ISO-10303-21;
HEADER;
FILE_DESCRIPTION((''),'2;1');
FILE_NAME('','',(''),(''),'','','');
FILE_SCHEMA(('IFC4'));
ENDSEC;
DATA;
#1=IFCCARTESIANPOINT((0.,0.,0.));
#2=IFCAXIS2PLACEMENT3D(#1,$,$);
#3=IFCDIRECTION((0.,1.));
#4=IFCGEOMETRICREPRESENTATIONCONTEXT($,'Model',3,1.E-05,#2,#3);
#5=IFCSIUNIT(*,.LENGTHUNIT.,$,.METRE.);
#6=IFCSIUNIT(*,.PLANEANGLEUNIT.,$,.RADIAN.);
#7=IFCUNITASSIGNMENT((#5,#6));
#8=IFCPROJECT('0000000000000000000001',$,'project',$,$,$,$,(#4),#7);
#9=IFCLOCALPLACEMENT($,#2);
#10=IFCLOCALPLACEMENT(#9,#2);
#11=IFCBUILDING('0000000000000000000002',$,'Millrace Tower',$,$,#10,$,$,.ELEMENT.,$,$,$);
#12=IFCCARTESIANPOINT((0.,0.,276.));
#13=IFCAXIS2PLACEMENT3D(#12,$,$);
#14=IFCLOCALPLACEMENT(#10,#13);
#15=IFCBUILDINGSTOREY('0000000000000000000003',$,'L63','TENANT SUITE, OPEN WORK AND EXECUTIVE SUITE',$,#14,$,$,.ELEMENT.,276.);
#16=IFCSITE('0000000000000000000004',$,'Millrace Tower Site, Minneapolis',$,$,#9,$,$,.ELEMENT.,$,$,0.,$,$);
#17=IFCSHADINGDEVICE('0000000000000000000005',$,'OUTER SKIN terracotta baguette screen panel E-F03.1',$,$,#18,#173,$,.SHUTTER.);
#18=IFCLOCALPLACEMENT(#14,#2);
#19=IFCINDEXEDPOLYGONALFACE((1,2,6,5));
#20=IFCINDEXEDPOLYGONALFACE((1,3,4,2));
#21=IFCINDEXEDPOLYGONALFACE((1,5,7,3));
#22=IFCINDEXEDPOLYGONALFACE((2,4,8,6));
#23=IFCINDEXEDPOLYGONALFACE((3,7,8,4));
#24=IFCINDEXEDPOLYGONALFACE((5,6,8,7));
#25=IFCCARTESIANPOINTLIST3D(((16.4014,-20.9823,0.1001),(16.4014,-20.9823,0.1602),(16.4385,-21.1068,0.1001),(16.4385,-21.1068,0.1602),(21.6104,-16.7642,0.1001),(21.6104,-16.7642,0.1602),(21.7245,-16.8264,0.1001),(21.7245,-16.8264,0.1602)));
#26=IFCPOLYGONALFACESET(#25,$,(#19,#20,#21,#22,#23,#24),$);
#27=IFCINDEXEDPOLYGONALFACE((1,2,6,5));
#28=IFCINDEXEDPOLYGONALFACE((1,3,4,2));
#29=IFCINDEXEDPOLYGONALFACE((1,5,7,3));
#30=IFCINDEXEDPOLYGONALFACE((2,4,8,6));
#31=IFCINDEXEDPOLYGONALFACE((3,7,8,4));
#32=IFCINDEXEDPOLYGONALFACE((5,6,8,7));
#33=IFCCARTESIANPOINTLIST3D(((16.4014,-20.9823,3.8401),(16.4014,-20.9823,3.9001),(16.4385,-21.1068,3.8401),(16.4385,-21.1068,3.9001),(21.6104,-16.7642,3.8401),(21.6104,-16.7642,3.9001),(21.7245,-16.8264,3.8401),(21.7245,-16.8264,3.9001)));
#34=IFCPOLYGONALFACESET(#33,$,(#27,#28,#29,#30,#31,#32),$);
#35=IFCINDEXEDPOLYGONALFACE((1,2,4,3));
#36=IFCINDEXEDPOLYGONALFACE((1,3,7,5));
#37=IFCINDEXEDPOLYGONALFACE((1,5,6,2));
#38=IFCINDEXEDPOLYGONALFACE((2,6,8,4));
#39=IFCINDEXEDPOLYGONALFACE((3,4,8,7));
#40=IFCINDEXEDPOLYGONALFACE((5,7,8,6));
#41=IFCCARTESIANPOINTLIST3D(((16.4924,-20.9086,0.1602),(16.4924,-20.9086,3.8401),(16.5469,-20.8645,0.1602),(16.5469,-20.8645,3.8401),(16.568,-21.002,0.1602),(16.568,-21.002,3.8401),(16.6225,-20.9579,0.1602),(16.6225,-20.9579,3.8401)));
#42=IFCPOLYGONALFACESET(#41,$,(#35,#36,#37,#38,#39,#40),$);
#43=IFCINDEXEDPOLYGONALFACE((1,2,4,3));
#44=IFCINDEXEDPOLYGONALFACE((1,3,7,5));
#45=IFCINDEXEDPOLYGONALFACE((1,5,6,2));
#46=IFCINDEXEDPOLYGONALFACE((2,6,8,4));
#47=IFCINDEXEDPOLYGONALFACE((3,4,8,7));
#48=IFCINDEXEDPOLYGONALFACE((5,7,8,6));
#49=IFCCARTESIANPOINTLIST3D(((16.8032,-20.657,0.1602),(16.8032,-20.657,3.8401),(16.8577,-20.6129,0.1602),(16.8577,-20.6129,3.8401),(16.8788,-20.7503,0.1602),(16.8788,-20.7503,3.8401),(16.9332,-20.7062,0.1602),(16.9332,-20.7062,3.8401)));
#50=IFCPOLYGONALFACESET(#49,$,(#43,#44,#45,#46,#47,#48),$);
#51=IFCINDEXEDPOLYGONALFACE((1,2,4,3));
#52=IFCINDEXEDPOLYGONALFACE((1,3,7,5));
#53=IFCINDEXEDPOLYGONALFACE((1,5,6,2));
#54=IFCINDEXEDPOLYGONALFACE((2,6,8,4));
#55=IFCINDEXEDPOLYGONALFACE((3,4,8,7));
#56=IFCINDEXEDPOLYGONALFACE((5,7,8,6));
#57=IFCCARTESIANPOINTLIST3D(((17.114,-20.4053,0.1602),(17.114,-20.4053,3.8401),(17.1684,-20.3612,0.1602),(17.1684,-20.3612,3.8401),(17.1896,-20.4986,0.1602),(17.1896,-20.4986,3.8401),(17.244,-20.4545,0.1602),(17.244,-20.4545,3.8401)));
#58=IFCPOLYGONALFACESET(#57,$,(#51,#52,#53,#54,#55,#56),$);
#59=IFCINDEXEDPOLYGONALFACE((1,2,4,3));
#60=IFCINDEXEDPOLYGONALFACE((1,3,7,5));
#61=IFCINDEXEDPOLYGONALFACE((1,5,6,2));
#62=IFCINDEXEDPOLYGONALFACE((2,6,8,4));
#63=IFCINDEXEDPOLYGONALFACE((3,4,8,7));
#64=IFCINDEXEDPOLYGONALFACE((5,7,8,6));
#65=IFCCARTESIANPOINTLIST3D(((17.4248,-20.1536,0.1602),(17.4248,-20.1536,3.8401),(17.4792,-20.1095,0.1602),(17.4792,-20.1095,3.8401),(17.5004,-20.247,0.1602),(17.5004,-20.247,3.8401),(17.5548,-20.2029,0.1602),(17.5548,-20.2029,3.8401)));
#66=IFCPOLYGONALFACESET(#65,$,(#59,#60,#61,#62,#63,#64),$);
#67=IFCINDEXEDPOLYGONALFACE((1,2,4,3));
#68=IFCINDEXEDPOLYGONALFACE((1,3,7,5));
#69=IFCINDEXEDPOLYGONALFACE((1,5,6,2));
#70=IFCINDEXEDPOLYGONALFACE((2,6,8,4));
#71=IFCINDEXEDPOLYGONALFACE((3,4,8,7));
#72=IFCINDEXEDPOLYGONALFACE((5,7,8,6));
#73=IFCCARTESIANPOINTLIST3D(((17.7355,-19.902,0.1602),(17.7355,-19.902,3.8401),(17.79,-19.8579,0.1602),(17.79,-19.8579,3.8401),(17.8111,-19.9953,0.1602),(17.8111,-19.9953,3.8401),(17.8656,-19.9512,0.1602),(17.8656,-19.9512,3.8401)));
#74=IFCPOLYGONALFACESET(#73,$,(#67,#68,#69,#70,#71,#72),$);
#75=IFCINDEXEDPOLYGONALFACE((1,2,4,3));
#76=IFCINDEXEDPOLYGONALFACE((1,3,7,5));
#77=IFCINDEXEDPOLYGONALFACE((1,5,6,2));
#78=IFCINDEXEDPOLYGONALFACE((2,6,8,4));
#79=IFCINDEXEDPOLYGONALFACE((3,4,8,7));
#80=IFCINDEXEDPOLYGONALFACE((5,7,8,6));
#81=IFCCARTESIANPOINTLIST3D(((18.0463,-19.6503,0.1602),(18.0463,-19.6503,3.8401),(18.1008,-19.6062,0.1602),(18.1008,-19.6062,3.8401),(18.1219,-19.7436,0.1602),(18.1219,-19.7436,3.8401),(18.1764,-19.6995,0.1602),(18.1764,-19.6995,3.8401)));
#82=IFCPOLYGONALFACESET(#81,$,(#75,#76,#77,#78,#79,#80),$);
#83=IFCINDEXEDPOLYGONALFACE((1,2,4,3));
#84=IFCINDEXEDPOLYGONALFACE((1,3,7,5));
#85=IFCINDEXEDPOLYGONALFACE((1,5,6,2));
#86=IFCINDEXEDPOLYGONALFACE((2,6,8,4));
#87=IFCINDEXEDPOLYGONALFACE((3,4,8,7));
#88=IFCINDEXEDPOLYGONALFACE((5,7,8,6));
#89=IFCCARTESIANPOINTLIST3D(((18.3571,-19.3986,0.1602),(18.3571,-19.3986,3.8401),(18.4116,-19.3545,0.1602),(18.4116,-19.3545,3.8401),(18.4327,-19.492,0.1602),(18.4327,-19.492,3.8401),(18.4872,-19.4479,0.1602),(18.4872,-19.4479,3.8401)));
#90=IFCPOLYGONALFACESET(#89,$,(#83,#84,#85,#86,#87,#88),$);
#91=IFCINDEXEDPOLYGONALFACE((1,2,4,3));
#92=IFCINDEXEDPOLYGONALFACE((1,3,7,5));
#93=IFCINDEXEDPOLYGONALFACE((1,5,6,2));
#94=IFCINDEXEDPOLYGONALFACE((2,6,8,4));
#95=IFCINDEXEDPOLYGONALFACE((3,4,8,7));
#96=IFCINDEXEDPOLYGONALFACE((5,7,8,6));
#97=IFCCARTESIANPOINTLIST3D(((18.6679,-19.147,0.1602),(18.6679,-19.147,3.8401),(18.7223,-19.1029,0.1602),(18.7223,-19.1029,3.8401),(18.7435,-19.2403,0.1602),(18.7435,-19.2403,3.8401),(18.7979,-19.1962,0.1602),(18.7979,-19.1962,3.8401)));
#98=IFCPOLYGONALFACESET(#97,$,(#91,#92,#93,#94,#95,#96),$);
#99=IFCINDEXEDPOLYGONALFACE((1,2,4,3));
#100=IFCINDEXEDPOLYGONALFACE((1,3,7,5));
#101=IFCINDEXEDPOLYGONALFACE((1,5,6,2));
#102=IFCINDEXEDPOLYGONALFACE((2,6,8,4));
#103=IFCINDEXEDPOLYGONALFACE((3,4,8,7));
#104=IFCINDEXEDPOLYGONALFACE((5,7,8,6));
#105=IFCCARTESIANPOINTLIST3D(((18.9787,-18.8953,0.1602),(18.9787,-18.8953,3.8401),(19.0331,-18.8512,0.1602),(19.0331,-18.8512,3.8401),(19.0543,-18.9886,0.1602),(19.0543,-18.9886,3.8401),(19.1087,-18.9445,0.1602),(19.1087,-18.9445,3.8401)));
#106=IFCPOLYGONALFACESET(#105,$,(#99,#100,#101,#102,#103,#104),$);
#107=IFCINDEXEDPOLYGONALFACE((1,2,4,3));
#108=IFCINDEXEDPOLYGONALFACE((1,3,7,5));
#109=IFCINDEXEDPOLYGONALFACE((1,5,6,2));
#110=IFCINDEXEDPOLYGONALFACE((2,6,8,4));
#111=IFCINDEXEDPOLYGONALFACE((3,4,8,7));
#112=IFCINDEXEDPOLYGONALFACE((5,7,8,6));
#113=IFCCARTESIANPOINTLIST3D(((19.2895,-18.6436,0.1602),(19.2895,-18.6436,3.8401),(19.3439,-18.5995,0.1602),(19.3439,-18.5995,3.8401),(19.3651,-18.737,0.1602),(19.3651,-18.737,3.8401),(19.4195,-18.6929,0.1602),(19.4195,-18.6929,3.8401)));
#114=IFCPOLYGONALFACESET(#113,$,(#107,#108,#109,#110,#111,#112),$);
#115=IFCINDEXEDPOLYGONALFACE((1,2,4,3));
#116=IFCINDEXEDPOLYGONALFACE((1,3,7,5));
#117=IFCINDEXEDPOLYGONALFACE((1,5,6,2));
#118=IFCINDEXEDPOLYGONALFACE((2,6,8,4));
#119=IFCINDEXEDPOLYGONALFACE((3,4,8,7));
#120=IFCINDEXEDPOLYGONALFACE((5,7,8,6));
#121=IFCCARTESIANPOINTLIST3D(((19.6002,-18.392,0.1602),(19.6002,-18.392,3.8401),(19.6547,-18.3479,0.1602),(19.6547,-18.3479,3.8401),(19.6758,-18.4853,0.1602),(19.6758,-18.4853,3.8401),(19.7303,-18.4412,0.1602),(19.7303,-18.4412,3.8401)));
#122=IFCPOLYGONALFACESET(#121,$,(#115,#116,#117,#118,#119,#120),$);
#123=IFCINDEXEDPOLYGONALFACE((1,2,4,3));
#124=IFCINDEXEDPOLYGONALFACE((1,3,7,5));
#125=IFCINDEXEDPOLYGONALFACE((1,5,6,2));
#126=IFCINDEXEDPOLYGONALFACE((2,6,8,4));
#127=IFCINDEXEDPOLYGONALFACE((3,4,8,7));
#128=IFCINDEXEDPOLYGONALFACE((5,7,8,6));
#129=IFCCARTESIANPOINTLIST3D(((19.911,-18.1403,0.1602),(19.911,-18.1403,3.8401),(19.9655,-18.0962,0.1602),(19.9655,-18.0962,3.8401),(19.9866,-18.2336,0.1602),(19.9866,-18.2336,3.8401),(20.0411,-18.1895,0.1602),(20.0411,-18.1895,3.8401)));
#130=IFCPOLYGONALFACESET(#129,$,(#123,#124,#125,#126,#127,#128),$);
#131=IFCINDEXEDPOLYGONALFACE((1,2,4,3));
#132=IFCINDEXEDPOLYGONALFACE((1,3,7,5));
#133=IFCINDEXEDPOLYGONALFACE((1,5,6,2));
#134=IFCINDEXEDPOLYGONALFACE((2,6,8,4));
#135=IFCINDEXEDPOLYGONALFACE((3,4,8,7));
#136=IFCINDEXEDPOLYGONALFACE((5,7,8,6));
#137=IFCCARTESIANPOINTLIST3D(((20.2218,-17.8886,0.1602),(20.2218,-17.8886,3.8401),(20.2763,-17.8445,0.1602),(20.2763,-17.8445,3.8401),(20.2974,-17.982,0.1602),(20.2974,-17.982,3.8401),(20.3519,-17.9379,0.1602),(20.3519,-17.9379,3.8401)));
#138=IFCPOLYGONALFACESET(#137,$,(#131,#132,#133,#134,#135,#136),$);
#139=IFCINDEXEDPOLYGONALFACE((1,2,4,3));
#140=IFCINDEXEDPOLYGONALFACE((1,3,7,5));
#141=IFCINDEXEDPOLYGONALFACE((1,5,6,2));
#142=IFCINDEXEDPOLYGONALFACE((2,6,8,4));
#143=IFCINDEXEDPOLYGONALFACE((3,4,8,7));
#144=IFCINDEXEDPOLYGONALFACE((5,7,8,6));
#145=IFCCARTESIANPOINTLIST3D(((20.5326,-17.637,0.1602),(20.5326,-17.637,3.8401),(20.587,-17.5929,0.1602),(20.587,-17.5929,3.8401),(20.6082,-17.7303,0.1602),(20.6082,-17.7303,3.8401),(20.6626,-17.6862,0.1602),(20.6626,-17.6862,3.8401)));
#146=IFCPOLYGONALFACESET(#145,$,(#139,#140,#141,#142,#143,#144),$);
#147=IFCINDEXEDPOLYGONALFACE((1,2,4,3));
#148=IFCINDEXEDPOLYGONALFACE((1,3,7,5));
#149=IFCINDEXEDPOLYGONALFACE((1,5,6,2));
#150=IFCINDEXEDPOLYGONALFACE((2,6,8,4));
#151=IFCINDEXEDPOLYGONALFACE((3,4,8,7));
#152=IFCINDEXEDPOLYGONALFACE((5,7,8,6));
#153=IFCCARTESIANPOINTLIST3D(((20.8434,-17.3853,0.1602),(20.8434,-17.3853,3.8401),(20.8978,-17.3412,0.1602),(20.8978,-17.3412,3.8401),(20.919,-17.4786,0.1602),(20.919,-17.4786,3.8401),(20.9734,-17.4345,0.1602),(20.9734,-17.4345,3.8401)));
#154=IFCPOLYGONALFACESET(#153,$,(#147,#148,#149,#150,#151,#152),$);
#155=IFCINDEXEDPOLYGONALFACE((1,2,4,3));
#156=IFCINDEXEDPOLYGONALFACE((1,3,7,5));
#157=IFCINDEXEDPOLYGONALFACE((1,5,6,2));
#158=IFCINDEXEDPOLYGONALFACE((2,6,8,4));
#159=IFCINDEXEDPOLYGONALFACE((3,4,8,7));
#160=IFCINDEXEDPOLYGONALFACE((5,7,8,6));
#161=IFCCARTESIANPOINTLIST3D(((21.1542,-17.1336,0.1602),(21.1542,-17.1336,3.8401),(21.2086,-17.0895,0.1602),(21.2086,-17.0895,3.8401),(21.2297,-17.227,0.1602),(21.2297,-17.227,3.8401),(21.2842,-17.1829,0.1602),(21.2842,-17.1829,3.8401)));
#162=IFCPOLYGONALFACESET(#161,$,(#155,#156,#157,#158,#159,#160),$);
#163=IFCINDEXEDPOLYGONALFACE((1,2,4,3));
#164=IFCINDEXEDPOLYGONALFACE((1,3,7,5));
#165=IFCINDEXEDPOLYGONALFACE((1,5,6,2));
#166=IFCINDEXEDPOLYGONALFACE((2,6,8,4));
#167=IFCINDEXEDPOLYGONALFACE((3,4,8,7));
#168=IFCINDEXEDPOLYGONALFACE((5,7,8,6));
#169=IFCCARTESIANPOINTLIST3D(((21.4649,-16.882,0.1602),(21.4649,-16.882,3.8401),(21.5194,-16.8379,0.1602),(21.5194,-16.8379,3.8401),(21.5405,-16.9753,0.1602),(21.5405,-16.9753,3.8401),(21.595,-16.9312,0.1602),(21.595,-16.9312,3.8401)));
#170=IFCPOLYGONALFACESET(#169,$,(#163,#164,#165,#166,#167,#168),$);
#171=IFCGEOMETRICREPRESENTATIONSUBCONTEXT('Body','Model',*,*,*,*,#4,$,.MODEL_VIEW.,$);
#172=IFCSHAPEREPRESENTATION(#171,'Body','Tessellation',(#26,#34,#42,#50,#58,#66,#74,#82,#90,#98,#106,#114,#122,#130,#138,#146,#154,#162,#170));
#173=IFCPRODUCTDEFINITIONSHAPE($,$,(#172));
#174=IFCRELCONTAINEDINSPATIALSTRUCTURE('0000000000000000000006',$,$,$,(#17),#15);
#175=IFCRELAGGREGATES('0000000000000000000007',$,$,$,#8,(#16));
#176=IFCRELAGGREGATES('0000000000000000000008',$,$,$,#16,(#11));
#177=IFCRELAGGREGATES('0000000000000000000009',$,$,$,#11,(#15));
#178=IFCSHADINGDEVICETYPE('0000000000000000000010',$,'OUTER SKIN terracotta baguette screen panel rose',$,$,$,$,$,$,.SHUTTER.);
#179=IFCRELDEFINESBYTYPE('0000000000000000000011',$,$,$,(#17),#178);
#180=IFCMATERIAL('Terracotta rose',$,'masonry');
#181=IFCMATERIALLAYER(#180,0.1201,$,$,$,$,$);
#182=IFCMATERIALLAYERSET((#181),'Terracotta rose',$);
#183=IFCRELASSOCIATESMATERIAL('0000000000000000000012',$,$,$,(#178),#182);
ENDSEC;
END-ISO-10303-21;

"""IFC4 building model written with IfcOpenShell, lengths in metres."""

from ifc_helpers import new_model, entity, si_unit, direction, frame, frame_2d, origin, origin_2d, place, context, subcontext, project, spatial, rectangle, extrude, source, transform, mapped, material, layer, layer_set, type_object, element, save


model = new_model("IFC4")

# Units and contexts
model_context = context("Model", 3, precision=1e-05, world=origin(), true_north=direction((0.0, 1.0)))
body_context = subcontext(model_context, "Body", "Model", "MODEL_VIEW")
ifc_project = project(units=[si_unit("LENGTHUNIT", "METRE"), si_unit("PLANEANGLEUNIT", "RADIAN")], contexts=[model_context])

# Site, building, storey
site_placement = place(None, origin())
site = spatial("IfcSite", under=ifc_project, at=site_placement, Name="Millrace Tower Site, Minneapolis", CompositionType="ELEMENT", RefElevation=0.0)
building_placement = place(site_placement, origin())
building = spatial("IfcBuilding", under=site, at=building_placement, Name="Millrace Tower", CompositionType="ELEMENT")
storey_placement = place(building_placement, frame((0.0, 0.0, 276.0)))
storey = spatial("IfcBuildingStorey", under=building, at=storey_placement, Name="L63", Description="TENANT SUITE, OPEN WORK AND EXECUTIVE SUITE", CompositionType="ELEMENT", Elevation=276.0)

# Shading device
ifc_material_1 = material(Name="Terracotta rose", Category="masonry")
ifc_layer_1 = layer(ifc_material_1, 0.1201)
ifc_layer_set_1 = layer_set([ifc_layer_1], Name="Terracotta rose")
shading_device_type = type_object("IfcShadingDeviceType", Name="OUTER SKIN terracotta baguette screen panel rose", PredefinedType="SHUTTER", material=ifc_layer_set_1)
cartesian_point_1 = entity("IfcCartesianPoint", [-3.3513, 0.0601])
shared_polyline_1 = entity("IfcPolyline", [cartesian_point_1, entity("IfcCartesianPoint", [3.3513, 0.0601]), entity("IfcCartesianPoint", [3.4009, -0.0601]), entity("IfcCartesianPoint", [-3.4009, -0.0601]), cartesian_point_1])
shared_shape_1 = source(origin(), body_context, "Body", "SweptSolid", [
    entity("IfcExtrudedAreaSolid", entity("IfcArbitraryClosedProfileDef", "AREA", None, shared_polyline_1), entity("IfcAxis2Placement3D", entity("IfcCartesianPoint", [0.0, 0.0, 0.0])), entity("IfcDirection", [0.0, 0.0, 1.0]), 0.0601),
    entity("IfcExtrudedAreaSolid", entity("IfcArbitraryClosedProfileDef", "AREA", None, shared_polyline_1), entity("IfcAxis2Placement3D", entity("IfcCartesianPoint", [0.0, 0.0, 3.74])), entity("IfcDirection", [0.0, 0.0, 1.0]), 0.0601),
    extrude(rectangle(XDim=0.0701, YDim=0.1201, at=frame_2d((-3.1992, 0.0))), frame((0.0, 0.0, 0.0601)), (0.0, 0.0, 1.0), 3.6799),
    extrude(rectangle(XDim=0.0701, YDim=0.1201, at=frame_2d((-2.7993, 0.0))), frame((0.0, 0.0, 0.0601)), (0.0, 0.0, 1.0), 3.6799),
    extrude(rectangle(XDim=0.0701, YDim=0.1201, at=frame_2d((-2.3994, 0.0))), frame((0.0, 0.0, 0.0601)), (0.0, 0.0, 1.0), 3.6799),
    extrude(rectangle(XDim=0.0701, YDim=0.1201, at=frame_2d((-1.9995, 0.0))), frame((0.0, 0.0, 0.0601)), (0.0, 0.0, 1.0), 3.6799),
    extrude(rectangle(XDim=0.0701, YDim=0.1201, at=frame_2d((-1.5996, 0.0))), frame((0.0, 0.0, 0.0601)), (0.0, 0.0, 1.0), 3.6799),
    extrude(rectangle(XDim=0.0701, YDim=0.1201, at=frame_2d((-1.1997, 0.0))), frame((0.0, 0.0, 0.0601)), (0.0, 0.0, 1.0), 3.6799),
    extrude(rectangle(XDim=0.0701, YDim=0.1201, at=frame_2d((-0.7998, 0.0))), frame((0.0, 0.0, 0.0601)), (0.0, 0.0, 1.0), 3.6799),
    extrude(rectangle(XDim=0.0701, YDim=0.1201, at=frame_2d((-0.3999, 0.0))), frame((0.0, 0.0, 0.0601)), (0.0, 0.0, 1.0), 3.6799),
    extrude(rectangle(XDim=0.0701, YDim=0.1201, at=origin_2d()), frame((0.0, 0.0, 0.0601)), (0.0, 0.0, 1.0), 3.6799),
    extrude(rectangle(XDim=0.0701, YDim=0.1201, at=frame_2d((0.3999, 0.0))), frame((0.0, 0.0, 0.0601)), (0.0, 0.0, 1.0), 3.6799),
    extrude(rectangle(XDim=0.0701, YDim=0.1201, at=frame_2d((0.7998, 0.0))), frame((0.0, 0.0, 0.0601)), (0.0, 0.0, 1.0), 3.6799),
    extrude(rectangle(XDim=0.0701, YDim=0.1201, at=frame_2d((1.1997, 0.0))), frame((0.0, 0.0, 0.0601)), (0.0, 0.0, 1.0), 3.6799),
    extrude(rectangle(XDim=0.0701, YDim=0.1201, at=frame_2d((1.5996, 0.0))), frame((0.0, 0.0, 0.0601)), (0.0, 0.0, 1.0), 3.6799),
    extrude(rectangle(XDim=0.0701, YDim=0.1201, at=frame_2d((1.9995, 0.0))), frame((0.0, 0.0, 0.0601)), (0.0, 0.0, 1.0), 3.6799),
    extrude(rectangle(XDim=0.0701, YDim=0.1201, at=frame_2d((2.3994, 0.0))), frame((0.0, 0.0, 0.0601)), (0.0, 0.0, 1.0), 3.6799),
    extrude(rectangle(XDim=0.0701, YDim=0.1201, at=frame_2d((2.7993, 0.0))), frame((0.0, 0.0, 0.0601)), (0.0, 0.0, 1.0), 3.6799),
    extrude(rectangle(XDim=0.0701, YDim=0.1201, at=frame_2d((3.1992, 0.0))), frame((0.0, 0.0, 0.0601)), (0.0, 0.0, 1.0), 3.6799),
])
shading_device_1_placement = place(storey_placement, frame((19.0437, -18.9199, 0.1001), z_axis=(0.0, 0.0, 1.0), x_axis=(0.777146, 0.62932, 0.0)))
element("IfcShadingDevice", 1, at=shading_device_1_placement, inside=storey, type_object=shading_device_type, Name="OUTER SKIN terracotta baguette screen panel E-F03.1", PredefinedType="SHUTTER", context=body_context, shape_type="MappedRepresentation", body=[
    mapped(shared_shape_1, transform((0.0, 0.0, 0.0), scale=1.0)),
])

save(model, "model.ifc")
